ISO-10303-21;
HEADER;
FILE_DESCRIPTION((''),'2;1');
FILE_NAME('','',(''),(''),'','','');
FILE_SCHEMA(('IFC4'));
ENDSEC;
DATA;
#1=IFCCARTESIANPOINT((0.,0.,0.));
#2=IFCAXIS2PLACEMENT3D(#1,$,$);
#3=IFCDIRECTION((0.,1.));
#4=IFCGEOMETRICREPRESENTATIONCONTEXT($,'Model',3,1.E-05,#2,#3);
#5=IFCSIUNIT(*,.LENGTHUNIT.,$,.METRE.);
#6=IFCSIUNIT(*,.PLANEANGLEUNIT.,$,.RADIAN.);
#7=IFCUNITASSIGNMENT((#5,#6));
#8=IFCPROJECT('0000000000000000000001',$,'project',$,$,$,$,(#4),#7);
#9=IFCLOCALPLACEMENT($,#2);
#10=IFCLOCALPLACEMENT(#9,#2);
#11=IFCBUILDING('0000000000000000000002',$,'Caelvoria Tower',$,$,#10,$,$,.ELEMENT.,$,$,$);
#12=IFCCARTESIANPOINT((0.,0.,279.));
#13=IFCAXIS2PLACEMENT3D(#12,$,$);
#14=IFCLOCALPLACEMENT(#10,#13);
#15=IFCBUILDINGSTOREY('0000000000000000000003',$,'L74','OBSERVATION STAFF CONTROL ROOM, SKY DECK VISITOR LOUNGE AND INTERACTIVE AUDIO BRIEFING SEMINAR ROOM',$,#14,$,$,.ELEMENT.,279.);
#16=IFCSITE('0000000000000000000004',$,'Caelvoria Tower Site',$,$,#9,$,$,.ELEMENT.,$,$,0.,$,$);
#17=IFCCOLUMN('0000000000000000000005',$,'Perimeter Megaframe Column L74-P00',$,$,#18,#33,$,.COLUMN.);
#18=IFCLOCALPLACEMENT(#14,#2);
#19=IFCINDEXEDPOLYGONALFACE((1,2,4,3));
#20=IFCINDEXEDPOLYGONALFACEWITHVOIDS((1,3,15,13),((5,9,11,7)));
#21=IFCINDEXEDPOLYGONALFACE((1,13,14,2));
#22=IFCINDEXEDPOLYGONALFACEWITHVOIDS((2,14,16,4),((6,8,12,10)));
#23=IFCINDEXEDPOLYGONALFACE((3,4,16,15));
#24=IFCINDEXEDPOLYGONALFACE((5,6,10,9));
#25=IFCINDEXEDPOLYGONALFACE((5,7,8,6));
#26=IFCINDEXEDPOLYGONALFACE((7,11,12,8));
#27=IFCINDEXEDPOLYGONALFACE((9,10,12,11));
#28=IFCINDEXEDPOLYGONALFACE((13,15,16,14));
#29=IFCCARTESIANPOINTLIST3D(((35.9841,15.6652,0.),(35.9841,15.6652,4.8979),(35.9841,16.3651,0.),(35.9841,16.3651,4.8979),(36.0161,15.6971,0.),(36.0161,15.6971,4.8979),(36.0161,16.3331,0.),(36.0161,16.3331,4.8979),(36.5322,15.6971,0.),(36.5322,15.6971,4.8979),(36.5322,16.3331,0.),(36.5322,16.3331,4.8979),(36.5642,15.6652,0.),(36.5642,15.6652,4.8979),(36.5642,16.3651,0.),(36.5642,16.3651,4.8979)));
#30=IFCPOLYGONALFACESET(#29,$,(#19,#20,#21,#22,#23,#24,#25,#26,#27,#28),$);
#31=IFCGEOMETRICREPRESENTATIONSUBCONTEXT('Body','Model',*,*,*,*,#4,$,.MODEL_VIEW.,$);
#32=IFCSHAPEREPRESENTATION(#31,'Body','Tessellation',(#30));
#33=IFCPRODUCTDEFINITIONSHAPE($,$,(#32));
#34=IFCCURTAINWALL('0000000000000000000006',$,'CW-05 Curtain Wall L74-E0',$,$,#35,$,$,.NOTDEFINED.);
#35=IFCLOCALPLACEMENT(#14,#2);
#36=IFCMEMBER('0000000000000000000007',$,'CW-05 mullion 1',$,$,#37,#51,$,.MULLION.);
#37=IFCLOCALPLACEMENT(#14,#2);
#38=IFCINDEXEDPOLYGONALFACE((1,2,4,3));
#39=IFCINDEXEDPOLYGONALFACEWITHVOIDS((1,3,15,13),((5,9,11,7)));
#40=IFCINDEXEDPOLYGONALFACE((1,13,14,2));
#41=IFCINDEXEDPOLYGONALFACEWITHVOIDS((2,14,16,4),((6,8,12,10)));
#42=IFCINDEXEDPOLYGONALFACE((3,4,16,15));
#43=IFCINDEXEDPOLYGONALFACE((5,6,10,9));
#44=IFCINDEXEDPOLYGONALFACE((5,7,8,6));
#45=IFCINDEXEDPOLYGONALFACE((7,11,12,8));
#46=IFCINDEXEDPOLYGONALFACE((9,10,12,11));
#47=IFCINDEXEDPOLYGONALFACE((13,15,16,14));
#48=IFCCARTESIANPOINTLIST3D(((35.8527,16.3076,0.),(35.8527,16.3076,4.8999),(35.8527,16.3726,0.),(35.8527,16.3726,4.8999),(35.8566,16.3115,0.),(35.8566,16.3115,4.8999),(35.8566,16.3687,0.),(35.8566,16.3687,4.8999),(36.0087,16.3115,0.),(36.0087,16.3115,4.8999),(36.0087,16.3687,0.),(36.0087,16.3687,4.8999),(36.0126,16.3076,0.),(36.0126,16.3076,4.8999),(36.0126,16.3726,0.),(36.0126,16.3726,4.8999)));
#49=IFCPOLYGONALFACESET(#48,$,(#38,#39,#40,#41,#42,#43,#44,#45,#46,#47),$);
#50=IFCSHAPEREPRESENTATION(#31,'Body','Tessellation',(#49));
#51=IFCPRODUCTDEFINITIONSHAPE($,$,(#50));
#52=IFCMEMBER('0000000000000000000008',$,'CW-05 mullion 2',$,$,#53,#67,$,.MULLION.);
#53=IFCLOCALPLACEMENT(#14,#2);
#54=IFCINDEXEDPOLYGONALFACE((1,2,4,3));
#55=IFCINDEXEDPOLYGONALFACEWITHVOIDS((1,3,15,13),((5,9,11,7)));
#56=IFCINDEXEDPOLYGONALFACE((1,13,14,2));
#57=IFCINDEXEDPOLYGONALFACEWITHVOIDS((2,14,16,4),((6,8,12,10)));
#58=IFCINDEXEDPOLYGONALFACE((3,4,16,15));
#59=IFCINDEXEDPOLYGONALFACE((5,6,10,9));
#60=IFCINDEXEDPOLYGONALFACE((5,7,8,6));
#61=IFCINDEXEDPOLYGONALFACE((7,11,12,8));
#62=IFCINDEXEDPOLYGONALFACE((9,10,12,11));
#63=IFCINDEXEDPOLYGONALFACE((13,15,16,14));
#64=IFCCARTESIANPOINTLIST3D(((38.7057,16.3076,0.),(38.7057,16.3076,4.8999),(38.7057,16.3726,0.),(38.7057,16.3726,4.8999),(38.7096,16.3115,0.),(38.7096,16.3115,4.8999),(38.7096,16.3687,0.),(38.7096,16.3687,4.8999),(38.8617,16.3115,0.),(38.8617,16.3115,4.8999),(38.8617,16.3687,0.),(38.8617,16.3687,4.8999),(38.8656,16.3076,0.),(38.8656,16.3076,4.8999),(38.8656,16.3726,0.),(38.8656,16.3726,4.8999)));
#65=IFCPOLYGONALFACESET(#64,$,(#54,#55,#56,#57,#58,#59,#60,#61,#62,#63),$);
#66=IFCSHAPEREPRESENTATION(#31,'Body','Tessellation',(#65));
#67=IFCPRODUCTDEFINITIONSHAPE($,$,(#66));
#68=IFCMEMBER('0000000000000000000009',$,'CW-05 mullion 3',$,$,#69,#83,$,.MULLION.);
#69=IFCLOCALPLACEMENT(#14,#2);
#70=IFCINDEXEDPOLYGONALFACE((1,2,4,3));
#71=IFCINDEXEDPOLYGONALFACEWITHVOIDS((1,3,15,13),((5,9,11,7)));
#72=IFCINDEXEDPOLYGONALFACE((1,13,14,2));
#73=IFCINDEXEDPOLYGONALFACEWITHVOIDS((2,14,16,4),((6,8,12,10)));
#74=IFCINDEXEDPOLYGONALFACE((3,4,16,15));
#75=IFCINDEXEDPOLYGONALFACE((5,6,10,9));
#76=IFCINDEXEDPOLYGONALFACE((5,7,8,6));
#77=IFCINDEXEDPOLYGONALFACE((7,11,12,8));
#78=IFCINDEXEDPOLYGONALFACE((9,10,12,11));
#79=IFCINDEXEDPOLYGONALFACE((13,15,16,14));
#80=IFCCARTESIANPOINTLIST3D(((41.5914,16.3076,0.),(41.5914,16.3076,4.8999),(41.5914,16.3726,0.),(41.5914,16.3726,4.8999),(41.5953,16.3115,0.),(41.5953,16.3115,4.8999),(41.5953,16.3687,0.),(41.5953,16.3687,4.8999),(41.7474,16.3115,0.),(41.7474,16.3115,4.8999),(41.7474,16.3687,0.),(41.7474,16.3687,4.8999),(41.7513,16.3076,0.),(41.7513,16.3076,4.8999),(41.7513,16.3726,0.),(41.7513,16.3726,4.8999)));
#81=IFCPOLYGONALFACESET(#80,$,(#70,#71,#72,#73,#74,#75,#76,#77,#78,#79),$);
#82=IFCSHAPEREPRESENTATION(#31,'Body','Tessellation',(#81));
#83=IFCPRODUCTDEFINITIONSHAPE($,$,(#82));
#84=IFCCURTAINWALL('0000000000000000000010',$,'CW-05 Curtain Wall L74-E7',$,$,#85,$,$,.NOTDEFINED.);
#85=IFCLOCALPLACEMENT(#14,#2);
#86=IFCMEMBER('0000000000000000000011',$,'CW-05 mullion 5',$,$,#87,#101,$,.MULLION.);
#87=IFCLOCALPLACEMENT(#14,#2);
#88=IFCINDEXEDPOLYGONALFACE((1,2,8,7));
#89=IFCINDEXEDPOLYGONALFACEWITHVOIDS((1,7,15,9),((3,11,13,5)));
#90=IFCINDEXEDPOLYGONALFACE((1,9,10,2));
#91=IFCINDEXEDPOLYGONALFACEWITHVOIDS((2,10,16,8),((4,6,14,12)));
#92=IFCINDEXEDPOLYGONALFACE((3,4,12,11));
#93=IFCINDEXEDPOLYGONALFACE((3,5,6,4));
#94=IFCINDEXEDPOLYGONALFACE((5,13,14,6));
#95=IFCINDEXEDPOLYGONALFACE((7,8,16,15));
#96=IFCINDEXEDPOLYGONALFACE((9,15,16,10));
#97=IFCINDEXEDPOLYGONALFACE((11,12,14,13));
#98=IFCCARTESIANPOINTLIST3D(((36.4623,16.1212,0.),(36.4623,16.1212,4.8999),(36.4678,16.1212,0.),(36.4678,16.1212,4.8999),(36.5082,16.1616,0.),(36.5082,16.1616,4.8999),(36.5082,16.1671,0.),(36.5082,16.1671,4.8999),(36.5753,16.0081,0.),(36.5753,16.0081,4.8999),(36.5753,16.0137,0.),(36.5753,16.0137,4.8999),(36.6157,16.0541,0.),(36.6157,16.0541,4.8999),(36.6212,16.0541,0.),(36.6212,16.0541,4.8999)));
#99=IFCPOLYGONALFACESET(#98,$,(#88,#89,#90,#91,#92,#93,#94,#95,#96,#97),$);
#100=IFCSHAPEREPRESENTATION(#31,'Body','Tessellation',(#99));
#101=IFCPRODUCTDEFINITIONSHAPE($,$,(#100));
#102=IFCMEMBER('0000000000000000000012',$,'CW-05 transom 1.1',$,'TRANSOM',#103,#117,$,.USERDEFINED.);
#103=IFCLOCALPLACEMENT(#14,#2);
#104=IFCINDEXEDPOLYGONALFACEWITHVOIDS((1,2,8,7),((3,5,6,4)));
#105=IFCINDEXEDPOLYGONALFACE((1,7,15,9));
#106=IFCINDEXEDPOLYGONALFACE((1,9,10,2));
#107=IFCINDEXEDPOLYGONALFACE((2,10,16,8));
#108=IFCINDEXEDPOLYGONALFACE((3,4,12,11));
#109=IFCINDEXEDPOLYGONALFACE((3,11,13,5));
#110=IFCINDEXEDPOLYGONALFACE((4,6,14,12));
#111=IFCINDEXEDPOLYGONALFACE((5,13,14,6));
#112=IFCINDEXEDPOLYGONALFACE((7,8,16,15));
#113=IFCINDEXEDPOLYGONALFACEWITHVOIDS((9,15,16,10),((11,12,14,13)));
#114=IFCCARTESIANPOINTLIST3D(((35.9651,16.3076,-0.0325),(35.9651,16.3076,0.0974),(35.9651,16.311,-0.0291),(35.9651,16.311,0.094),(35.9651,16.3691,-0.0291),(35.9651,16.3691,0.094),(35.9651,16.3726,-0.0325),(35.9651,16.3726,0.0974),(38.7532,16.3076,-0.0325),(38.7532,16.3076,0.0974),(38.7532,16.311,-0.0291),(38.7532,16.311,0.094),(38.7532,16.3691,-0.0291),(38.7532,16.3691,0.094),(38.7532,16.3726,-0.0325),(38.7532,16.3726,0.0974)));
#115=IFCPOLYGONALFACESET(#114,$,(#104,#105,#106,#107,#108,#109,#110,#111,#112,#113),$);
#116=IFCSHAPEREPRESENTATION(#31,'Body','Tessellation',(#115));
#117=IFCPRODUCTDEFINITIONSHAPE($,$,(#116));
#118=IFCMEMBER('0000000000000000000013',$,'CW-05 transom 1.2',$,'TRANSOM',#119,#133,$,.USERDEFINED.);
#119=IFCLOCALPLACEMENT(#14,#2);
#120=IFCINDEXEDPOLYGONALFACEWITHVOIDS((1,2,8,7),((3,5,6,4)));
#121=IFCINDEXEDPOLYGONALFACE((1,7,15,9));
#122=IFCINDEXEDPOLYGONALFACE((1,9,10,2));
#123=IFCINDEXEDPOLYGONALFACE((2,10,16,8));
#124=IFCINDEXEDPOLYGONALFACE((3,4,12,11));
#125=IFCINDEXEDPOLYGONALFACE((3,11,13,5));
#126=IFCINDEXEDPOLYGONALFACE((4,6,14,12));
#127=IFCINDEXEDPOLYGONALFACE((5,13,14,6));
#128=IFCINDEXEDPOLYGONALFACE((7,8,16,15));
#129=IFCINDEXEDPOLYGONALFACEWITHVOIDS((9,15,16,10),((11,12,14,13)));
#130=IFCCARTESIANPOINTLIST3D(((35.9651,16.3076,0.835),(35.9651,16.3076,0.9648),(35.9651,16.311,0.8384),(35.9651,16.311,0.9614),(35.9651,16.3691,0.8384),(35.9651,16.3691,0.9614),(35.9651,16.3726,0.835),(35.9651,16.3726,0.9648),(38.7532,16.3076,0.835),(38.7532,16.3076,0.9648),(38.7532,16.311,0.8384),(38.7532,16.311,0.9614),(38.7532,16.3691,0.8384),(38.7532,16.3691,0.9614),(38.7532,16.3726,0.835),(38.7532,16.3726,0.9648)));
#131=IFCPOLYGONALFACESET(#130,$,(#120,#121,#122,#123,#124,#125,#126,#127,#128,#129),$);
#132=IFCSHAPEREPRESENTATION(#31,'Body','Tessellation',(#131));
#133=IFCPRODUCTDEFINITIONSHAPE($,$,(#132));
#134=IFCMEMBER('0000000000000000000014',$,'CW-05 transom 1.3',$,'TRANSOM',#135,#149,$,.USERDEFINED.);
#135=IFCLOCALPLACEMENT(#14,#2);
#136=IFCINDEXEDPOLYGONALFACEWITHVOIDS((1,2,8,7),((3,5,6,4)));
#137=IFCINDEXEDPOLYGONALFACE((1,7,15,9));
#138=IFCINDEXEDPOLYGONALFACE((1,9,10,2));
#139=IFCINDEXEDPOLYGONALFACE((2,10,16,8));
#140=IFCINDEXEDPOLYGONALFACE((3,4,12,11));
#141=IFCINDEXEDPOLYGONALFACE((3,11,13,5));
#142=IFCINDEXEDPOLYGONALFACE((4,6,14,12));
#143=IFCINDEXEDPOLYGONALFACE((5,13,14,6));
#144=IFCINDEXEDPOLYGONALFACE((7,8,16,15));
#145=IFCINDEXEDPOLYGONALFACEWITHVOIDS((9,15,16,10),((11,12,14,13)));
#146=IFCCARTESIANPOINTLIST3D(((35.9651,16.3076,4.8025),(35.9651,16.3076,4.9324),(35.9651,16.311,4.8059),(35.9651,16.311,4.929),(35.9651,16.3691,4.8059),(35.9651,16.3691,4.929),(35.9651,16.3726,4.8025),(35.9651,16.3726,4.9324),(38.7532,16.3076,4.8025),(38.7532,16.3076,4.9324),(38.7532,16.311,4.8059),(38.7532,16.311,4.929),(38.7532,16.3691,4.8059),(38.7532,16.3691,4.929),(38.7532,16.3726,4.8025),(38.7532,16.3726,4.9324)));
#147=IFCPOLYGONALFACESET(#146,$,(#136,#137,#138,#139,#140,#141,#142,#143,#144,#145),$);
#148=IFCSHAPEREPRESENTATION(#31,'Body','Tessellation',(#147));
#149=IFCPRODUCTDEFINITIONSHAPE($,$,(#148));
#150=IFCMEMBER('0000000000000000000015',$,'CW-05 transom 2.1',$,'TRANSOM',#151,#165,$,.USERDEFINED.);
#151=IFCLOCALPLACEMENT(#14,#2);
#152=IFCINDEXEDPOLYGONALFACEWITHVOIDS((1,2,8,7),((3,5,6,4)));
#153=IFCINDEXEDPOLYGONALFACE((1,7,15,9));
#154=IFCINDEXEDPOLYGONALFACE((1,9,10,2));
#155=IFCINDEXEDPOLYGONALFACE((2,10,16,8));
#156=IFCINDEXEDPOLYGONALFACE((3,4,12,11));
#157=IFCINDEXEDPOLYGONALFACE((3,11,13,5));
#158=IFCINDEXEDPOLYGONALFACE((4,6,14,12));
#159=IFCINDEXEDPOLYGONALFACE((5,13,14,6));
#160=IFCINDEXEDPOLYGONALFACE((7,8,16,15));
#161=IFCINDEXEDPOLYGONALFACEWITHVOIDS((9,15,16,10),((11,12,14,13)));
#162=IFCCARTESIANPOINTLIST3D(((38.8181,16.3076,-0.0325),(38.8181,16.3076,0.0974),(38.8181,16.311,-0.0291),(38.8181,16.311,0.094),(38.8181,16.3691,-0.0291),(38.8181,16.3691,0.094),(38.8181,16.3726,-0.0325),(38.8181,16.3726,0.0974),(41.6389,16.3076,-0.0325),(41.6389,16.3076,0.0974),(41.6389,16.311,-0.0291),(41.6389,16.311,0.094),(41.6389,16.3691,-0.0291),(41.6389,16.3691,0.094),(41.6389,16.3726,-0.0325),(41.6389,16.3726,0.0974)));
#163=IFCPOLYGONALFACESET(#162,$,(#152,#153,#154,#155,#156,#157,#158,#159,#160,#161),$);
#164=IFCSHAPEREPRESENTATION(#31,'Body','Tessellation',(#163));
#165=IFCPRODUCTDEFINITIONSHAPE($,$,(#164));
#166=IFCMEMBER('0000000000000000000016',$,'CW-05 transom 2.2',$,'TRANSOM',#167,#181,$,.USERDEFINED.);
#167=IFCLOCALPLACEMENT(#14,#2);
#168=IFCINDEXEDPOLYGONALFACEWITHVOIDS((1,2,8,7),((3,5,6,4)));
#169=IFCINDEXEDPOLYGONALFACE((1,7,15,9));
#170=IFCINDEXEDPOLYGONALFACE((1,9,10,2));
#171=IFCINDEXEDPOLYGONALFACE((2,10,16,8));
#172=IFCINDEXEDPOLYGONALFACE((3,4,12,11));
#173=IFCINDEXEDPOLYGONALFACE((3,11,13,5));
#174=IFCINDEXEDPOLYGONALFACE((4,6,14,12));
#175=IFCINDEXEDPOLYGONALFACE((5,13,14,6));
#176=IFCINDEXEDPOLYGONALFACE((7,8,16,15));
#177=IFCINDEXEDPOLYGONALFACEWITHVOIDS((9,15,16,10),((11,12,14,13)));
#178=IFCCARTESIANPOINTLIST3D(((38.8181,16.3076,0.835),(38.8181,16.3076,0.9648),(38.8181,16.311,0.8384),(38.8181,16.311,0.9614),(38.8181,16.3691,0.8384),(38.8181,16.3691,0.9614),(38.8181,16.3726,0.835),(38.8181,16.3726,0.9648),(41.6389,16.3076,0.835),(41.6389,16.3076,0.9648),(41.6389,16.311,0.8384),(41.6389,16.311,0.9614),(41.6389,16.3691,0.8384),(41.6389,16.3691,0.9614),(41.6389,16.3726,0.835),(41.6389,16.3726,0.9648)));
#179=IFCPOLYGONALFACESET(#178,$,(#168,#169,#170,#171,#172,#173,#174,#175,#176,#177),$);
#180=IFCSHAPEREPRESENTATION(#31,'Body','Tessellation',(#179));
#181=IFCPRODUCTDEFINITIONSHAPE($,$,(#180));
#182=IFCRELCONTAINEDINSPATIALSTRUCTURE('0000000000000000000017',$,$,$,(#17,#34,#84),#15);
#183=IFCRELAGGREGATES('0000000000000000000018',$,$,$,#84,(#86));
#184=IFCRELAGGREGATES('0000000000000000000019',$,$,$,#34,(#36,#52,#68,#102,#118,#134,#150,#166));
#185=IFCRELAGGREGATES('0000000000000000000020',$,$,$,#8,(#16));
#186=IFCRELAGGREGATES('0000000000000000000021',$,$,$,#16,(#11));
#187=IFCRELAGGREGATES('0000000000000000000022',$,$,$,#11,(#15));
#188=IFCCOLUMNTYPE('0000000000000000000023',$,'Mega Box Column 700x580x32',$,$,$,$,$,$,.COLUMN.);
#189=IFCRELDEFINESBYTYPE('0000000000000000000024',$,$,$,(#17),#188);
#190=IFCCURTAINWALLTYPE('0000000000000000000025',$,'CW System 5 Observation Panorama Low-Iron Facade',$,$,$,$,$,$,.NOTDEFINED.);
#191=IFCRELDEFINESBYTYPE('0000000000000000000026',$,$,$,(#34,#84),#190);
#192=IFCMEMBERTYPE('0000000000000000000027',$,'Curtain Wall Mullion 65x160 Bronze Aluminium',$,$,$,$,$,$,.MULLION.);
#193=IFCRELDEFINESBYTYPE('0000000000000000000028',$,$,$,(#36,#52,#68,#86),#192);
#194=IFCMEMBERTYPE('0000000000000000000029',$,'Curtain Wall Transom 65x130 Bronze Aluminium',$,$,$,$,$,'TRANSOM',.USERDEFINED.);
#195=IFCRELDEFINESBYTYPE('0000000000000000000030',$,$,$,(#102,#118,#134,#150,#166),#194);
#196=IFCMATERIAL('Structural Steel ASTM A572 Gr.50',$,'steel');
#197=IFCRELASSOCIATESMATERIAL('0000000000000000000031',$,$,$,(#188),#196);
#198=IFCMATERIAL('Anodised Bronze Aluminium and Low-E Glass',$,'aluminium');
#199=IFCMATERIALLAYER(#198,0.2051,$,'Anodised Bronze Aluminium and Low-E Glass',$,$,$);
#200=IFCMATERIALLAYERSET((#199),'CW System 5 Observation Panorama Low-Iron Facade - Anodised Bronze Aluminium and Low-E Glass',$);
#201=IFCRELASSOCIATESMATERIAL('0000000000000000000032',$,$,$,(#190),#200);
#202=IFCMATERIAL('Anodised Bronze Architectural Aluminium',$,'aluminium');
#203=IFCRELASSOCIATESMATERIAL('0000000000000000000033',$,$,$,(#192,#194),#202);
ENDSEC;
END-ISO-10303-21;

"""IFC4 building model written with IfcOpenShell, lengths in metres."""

from ifc_helpers import new_model, si_unit, direction, frame, origin, origin_2d, place, context, subcontext, project, spatial, hollow_rectangle, extrude, material, layer, layer_set, material_profile, profile_set, type_object, element, aggregate, save


model = new_model("IFC4")

# Units and contexts
model_context = context("Model", 3, precision=1e-05, world=origin(), true_north=direction((0.0, 1.0)))
body_context = subcontext(model_context, "Body", "Model", "MODEL_VIEW")
ifc_project = project(units=[si_unit("LENGTHUNIT", "METRE"), si_unit("PLANEANGLEUNIT", "RADIAN")], contexts=[model_context])

# Site, building, storey
site_placement = place(None, origin())
site = spatial("IfcSite", under=ifc_project, at=site_placement, Name="Caelvoria Tower Site", CompositionType="ELEMENT", RefElevation=0.0)
building_placement = place(site_placement, origin())
building = spatial("IfcBuilding", under=site, at=building_placement, Name="Caelvoria Tower", CompositionType="ELEMENT")
storey_placement = place(building_placement, frame((0.0, 0.0, 279.0)))
storey = spatial("IfcBuildingStorey", under=building, at=storey_placement, Name="L74", Description="OBSERVATION STAFF CONTROL ROOM, SKY DECK VISITOR LOUNGE AND INTERACTIVE AUDIO BRIEFING SEMINAR ROOM", CompositionType="ELEMENT", Elevation=279.0)

# Column
ifc_material_1 = material(Name="Structural Steel ASTM A572 Gr.50", Category="steel")
ifc_material_profile_1 = material_profile(ifc_material_1, hollow_rectangle(XDim=0.5801, YDim=0.7, WallThickness=0.032, at=origin_2d()), Name="Structural Steel ASTM A572 Gr.50")
ifc_profile_set_1 = profile_set([ifc_material_profile_1], Name="BOX700X580X32 - Structural Steel ASTM A572 Gr.50")
column_type = type_object("IfcColumnType", Name="Mega Box Column 700x580x32", PredefinedType="COLUMN", material=ifc_profile_set_1)
column_placement = place(storey_placement, frame((36.2742, 16.0151, 0.0), z_axis=(0.0, 0.0, 1.0), x_axis=(1.0, 0.0, 0.0)))
element("IfcColumn", 1, at=column_placement, inside=storey, type_object=column_type, Name="Perimeter Megaframe Column L74-P00", PredefinedType="COLUMN", context=body_context, shape_type="SweptSolid", body=[
    extrude(hollow_rectangle(XDim=0.5801, YDim=0.7, WallThickness=0.032, at=origin_2d()), origin(), (0.0, 0.0, 1.0), 4.8979),
])

# Curtain wall, members
ifc_material_2 = material(Name="Anodised Bronze Aluminium and Low-E Glass", Category="aluminium")
ifc_layer_1 = layer(ifc_material_2, 0.2051, Name="Anodised Bronze Aluminium and Low-E Glass")
ifc_layer_set_1 = layer_set([ifc_layer_1], Name="CW System 5 Observation Panorama Low-Iron Facade - Anodised Bronze Aluminium and Low-E Glass")
curtain_wall_type = type_object("IfcCurtainWallType", Name="CW System 5 Observation Panorama Low-Iron Facade", PredefinedType="NOTDEFINED", material=ifc_layer_set_1)
curtain_wall_1_placement = place(storey_placement, origin())
curtain_wall_1 = element("IfcCurtainWall", 2, at=curtain_wall_1_placement, inside=storey, type_object=curtain_wall_type, Name="CW-05 Curtain Wall L74-E0", PredefinedType="NOTDEFINED")
ifc_material_3 = material(Name="Anodised Bronze Architectural Aluminium", Category="aluminium")
ifc_material_profile_2 = material_profile(ifc_material_3, hollow_rectangle(XDim=0.0649, YDim=0.1599, WallThickness=0.0039, at=origin_2d()), Name="Anodised Bronze Architectural Aluminium")
ifc_profile_set_2 = profile_set([ifc_material_profile_2], Name="CW_MULL_65X160 - Anodised Bronze Architectural Aluminium")
member_type_1 = type_object("IfcMemberType", Name="Curtain Wall Mullion 65x160 Bronze Aluminium", PredefinedType="MULLION", material=ifc_profile_set_2)
member_1_placement = place(storey_placement, frame((35.9326, 16.3401, 0.0), z_axis=(0.0, 0.0, 1.0), x_axis=(0.0, 1.0, 0.0)))
member_1 = element("IfcMember", 3, at=member_1_placement, type_object=member_type_1, Name="CW-05 mullion 1", PredefinedType="MULLION", context=body_context, shape_type="SweptSolid", body=[
    extrude(hollow_rectangle(XDim=0.0649, YDim=0.1599, WallThickness=0.0039, at=origin_2d()), origin(), (0.0, 0.0, 1.0), 4.8999),
])
member_2_placement = place(storey_placement, frame((38.7856, 16.3401, 0.0), z_axis=(0.0, 0.0, 1.0), x_axis=(0.0, 1.0, 0.0)))
member_2 = element("IfcMember", 4, at=member_2_placement, type_object=member_type_1, Name="CW-05 mullion 2", PredefinedType="MULLION", context=body_context, shape_type="SweptSolid", body=[
    extrude(hollow_rectangle(XDim=0.0649, YDim=0.1599, WallThickness=0.0039, at=origin_2d()), origin(), (0.0, 0.0, 1.0), 4.8999),
])
member_3_placement = place(storey_placement, frame((41.6714, 16.3401, 0.0), z_axis=(0.0, 0.0, 1.0), x_axis=(0.0, 1.0, 0.0)))
member_3 = element("IfcMember", 5, at=member_3_placement, type_object=member_type_1, Name="CW-05 mullion 3", PredefinedType="MULLION", context=body_context, shape_type="SweptSolid", body=[
    extrude(hollow_rectangle(XDim=0.0649, YDim=0.1599, WallThickness=0.0039, at=origin_2d()), origin(), (0.0, 0.0, 1.0), 4.8999),
])

# Curtain wall, member
curtain_wall_2_placement = place(storey_placement, origin())
curtain_wall_2 = element("IfcCurtainWall", 6, at=curtain_wall_2_placement, inside=storey, type_object=curtain_wall_type, Name="CW-05 Curtain Wall L74-E7", PredefinedType="NOTDEFINED")
member_4_placement = place(storey_placement, frame((36.5417, 16.0876, 0.0), z_axis=(0.0, 0.0, 1.0), x_axis=(0.707107, 0.707107, 0.0)))
member_4 = element("IfcMember", 7, at=member_4_placement, type_object=member_type_1, Name="CW-05 mullion 5", PredefinedType="MULLION", context=body_context, shape_type="SweptSolid", body=[
    extrude(hollow_rectangle(XDim=0.0649, YDim=0.1599, WallThickness=0.0039, at=origin_2d()), origin(), (0.0, 0.0, 1.0), 4.8999),
])
aggregate(curtain_wall_2, [member_4])

# Members
ifc_material_profile_3 = material_profile(ifc_material_3, hollow_rectangle(XDim=0.0649, YDim=0.1299, WallThickness=0.0034, at=origin_2d()), Name="Anodised Bronze Architectural Aluminium")
ifc_profile_set_3 = profile_set([ifc_material_profile_3], Name="CW_TRAN_65X130 - Anodised Bronze Architectural Aluminium")
member_type_2 = type_object("IfcMemberType", Name="Curtain Wall Transom 65x130 Bronze Aluminium", ElementType="TRANSOM", PredefinedType="USERDEFINED", material=ifc_profile_set_3)
member_5_placement = place(storey_placement, frame((35.9651, 16.3401, 0.0325), z_axis=(1.0, 0.0, 0.0), x_axis=(0.0, 1.0, 0.0)))
member_5 = element("IfcMember", 8, at=member_5_placement, type_object=member_type_2, Name="CW-05 transom 1.1", ObjectType="TRANSOM", PredefinedType="USERDEFINED", context=body_context, shape_type="SweptSolid", body=[
    extrude(hollow_rectangle(XDim=0.0649, YDim=0.1299, WallThickness=0.0034, at=origin_2d()), origin(), (0.0, 0.0, 1.0), 2.7881),
])
member_6_placement = place(storey_placement, frame((35.9651, 16.3401, 0.8999), z_axis=(1.0, 0.0, 0.0), x_axis=(0.0, 1.0, 0.0)))
member_6 = element("IfcMember", 9, at=member_6_placement, type_object=member_type_2, Name="CW-05 transom 1.2", ObjectType="TRANSOM", PredefinedType="USERDEFINED", context=body_context, shape_type="SweptSolid", body=[
    extrude(hollow_rectangle(XDim=0.0649, YDim=0.1299, WallThickness=0.0034, at=origin_2d()), origin(), (0.0, 0.0, 1.0), 2.7881),
])
member_7_placement = place(storey_placement, frame((35.9651, 16.3401, 4.8674), z_axis=(1.0, 0.0, 0.0), x_axis=(0.0, 1.0, 0.0)))
member_7 = element("IfcMember", 10, at=member_7_placement, type_object=member_type_2, Name="CW-05 transom 1.3", ObjectType="TRANSOM", PredefinedType="USERDEFINED", context=body_context, shape_type="SweptSolid", body=[
    extrude(hollow_rectangle(XDim=0.0649, YDim=0.1299, WallThickness=0.0034, at=origin_2d()), origin(), (0.0, 0.0, 1.0), 2.7881),
])
member_8_placement = place(storey_placement, frame((38.8181, 16.3401, 0.0325), z_axis=(1.0, 0.0, 0.0), x_axis=(0.0, 1.0, 0.0)))
member_8 = element("IfcMember", 11, at=member_8_placement, type_object=member_type_2, Name="CW-05 transom 2.1", ObjectType="TRANSOM", PredefinedType="USERDEFINED", context=body_context, shape_type="SweptSolid", body=[
    extrude(hollow_rectangle(XDim=0.0649, YDim=0.1299, WallThickness=0.0034, at=origin_2d()), origin(), (0.0, 0.0, 1.0), 2.8208),
])
member_9_placement = place(storey_placement, frame((38.8181, 16.3401, 0.8999), z_axis=(1.0, 0.0, 0.0), x_axis=(0.0, 1.0, 0.0)))
member_9 = element("IfcMember", 12, at=member_9_placement, type_object=member_type_2, Name="CW-05 transom 2.2", ObjectType="TRANSOM", PredefinedType="USERDEFINED", context=body_context, shape_type="SweptSolid", body=[
    extrude(hollow_rectangle(XDim=0.0649, YDim=0.1299, WallThickness=0.0034, at=origin_2d()), origin(), (0.0, 0.0, 1.0), 2.8208),
])

aggregate(curtain_wall_1, [member_1, member_2, member_3, member_5, member_6, member_7, member_8, member_9])

save(model, "model.ifc")
